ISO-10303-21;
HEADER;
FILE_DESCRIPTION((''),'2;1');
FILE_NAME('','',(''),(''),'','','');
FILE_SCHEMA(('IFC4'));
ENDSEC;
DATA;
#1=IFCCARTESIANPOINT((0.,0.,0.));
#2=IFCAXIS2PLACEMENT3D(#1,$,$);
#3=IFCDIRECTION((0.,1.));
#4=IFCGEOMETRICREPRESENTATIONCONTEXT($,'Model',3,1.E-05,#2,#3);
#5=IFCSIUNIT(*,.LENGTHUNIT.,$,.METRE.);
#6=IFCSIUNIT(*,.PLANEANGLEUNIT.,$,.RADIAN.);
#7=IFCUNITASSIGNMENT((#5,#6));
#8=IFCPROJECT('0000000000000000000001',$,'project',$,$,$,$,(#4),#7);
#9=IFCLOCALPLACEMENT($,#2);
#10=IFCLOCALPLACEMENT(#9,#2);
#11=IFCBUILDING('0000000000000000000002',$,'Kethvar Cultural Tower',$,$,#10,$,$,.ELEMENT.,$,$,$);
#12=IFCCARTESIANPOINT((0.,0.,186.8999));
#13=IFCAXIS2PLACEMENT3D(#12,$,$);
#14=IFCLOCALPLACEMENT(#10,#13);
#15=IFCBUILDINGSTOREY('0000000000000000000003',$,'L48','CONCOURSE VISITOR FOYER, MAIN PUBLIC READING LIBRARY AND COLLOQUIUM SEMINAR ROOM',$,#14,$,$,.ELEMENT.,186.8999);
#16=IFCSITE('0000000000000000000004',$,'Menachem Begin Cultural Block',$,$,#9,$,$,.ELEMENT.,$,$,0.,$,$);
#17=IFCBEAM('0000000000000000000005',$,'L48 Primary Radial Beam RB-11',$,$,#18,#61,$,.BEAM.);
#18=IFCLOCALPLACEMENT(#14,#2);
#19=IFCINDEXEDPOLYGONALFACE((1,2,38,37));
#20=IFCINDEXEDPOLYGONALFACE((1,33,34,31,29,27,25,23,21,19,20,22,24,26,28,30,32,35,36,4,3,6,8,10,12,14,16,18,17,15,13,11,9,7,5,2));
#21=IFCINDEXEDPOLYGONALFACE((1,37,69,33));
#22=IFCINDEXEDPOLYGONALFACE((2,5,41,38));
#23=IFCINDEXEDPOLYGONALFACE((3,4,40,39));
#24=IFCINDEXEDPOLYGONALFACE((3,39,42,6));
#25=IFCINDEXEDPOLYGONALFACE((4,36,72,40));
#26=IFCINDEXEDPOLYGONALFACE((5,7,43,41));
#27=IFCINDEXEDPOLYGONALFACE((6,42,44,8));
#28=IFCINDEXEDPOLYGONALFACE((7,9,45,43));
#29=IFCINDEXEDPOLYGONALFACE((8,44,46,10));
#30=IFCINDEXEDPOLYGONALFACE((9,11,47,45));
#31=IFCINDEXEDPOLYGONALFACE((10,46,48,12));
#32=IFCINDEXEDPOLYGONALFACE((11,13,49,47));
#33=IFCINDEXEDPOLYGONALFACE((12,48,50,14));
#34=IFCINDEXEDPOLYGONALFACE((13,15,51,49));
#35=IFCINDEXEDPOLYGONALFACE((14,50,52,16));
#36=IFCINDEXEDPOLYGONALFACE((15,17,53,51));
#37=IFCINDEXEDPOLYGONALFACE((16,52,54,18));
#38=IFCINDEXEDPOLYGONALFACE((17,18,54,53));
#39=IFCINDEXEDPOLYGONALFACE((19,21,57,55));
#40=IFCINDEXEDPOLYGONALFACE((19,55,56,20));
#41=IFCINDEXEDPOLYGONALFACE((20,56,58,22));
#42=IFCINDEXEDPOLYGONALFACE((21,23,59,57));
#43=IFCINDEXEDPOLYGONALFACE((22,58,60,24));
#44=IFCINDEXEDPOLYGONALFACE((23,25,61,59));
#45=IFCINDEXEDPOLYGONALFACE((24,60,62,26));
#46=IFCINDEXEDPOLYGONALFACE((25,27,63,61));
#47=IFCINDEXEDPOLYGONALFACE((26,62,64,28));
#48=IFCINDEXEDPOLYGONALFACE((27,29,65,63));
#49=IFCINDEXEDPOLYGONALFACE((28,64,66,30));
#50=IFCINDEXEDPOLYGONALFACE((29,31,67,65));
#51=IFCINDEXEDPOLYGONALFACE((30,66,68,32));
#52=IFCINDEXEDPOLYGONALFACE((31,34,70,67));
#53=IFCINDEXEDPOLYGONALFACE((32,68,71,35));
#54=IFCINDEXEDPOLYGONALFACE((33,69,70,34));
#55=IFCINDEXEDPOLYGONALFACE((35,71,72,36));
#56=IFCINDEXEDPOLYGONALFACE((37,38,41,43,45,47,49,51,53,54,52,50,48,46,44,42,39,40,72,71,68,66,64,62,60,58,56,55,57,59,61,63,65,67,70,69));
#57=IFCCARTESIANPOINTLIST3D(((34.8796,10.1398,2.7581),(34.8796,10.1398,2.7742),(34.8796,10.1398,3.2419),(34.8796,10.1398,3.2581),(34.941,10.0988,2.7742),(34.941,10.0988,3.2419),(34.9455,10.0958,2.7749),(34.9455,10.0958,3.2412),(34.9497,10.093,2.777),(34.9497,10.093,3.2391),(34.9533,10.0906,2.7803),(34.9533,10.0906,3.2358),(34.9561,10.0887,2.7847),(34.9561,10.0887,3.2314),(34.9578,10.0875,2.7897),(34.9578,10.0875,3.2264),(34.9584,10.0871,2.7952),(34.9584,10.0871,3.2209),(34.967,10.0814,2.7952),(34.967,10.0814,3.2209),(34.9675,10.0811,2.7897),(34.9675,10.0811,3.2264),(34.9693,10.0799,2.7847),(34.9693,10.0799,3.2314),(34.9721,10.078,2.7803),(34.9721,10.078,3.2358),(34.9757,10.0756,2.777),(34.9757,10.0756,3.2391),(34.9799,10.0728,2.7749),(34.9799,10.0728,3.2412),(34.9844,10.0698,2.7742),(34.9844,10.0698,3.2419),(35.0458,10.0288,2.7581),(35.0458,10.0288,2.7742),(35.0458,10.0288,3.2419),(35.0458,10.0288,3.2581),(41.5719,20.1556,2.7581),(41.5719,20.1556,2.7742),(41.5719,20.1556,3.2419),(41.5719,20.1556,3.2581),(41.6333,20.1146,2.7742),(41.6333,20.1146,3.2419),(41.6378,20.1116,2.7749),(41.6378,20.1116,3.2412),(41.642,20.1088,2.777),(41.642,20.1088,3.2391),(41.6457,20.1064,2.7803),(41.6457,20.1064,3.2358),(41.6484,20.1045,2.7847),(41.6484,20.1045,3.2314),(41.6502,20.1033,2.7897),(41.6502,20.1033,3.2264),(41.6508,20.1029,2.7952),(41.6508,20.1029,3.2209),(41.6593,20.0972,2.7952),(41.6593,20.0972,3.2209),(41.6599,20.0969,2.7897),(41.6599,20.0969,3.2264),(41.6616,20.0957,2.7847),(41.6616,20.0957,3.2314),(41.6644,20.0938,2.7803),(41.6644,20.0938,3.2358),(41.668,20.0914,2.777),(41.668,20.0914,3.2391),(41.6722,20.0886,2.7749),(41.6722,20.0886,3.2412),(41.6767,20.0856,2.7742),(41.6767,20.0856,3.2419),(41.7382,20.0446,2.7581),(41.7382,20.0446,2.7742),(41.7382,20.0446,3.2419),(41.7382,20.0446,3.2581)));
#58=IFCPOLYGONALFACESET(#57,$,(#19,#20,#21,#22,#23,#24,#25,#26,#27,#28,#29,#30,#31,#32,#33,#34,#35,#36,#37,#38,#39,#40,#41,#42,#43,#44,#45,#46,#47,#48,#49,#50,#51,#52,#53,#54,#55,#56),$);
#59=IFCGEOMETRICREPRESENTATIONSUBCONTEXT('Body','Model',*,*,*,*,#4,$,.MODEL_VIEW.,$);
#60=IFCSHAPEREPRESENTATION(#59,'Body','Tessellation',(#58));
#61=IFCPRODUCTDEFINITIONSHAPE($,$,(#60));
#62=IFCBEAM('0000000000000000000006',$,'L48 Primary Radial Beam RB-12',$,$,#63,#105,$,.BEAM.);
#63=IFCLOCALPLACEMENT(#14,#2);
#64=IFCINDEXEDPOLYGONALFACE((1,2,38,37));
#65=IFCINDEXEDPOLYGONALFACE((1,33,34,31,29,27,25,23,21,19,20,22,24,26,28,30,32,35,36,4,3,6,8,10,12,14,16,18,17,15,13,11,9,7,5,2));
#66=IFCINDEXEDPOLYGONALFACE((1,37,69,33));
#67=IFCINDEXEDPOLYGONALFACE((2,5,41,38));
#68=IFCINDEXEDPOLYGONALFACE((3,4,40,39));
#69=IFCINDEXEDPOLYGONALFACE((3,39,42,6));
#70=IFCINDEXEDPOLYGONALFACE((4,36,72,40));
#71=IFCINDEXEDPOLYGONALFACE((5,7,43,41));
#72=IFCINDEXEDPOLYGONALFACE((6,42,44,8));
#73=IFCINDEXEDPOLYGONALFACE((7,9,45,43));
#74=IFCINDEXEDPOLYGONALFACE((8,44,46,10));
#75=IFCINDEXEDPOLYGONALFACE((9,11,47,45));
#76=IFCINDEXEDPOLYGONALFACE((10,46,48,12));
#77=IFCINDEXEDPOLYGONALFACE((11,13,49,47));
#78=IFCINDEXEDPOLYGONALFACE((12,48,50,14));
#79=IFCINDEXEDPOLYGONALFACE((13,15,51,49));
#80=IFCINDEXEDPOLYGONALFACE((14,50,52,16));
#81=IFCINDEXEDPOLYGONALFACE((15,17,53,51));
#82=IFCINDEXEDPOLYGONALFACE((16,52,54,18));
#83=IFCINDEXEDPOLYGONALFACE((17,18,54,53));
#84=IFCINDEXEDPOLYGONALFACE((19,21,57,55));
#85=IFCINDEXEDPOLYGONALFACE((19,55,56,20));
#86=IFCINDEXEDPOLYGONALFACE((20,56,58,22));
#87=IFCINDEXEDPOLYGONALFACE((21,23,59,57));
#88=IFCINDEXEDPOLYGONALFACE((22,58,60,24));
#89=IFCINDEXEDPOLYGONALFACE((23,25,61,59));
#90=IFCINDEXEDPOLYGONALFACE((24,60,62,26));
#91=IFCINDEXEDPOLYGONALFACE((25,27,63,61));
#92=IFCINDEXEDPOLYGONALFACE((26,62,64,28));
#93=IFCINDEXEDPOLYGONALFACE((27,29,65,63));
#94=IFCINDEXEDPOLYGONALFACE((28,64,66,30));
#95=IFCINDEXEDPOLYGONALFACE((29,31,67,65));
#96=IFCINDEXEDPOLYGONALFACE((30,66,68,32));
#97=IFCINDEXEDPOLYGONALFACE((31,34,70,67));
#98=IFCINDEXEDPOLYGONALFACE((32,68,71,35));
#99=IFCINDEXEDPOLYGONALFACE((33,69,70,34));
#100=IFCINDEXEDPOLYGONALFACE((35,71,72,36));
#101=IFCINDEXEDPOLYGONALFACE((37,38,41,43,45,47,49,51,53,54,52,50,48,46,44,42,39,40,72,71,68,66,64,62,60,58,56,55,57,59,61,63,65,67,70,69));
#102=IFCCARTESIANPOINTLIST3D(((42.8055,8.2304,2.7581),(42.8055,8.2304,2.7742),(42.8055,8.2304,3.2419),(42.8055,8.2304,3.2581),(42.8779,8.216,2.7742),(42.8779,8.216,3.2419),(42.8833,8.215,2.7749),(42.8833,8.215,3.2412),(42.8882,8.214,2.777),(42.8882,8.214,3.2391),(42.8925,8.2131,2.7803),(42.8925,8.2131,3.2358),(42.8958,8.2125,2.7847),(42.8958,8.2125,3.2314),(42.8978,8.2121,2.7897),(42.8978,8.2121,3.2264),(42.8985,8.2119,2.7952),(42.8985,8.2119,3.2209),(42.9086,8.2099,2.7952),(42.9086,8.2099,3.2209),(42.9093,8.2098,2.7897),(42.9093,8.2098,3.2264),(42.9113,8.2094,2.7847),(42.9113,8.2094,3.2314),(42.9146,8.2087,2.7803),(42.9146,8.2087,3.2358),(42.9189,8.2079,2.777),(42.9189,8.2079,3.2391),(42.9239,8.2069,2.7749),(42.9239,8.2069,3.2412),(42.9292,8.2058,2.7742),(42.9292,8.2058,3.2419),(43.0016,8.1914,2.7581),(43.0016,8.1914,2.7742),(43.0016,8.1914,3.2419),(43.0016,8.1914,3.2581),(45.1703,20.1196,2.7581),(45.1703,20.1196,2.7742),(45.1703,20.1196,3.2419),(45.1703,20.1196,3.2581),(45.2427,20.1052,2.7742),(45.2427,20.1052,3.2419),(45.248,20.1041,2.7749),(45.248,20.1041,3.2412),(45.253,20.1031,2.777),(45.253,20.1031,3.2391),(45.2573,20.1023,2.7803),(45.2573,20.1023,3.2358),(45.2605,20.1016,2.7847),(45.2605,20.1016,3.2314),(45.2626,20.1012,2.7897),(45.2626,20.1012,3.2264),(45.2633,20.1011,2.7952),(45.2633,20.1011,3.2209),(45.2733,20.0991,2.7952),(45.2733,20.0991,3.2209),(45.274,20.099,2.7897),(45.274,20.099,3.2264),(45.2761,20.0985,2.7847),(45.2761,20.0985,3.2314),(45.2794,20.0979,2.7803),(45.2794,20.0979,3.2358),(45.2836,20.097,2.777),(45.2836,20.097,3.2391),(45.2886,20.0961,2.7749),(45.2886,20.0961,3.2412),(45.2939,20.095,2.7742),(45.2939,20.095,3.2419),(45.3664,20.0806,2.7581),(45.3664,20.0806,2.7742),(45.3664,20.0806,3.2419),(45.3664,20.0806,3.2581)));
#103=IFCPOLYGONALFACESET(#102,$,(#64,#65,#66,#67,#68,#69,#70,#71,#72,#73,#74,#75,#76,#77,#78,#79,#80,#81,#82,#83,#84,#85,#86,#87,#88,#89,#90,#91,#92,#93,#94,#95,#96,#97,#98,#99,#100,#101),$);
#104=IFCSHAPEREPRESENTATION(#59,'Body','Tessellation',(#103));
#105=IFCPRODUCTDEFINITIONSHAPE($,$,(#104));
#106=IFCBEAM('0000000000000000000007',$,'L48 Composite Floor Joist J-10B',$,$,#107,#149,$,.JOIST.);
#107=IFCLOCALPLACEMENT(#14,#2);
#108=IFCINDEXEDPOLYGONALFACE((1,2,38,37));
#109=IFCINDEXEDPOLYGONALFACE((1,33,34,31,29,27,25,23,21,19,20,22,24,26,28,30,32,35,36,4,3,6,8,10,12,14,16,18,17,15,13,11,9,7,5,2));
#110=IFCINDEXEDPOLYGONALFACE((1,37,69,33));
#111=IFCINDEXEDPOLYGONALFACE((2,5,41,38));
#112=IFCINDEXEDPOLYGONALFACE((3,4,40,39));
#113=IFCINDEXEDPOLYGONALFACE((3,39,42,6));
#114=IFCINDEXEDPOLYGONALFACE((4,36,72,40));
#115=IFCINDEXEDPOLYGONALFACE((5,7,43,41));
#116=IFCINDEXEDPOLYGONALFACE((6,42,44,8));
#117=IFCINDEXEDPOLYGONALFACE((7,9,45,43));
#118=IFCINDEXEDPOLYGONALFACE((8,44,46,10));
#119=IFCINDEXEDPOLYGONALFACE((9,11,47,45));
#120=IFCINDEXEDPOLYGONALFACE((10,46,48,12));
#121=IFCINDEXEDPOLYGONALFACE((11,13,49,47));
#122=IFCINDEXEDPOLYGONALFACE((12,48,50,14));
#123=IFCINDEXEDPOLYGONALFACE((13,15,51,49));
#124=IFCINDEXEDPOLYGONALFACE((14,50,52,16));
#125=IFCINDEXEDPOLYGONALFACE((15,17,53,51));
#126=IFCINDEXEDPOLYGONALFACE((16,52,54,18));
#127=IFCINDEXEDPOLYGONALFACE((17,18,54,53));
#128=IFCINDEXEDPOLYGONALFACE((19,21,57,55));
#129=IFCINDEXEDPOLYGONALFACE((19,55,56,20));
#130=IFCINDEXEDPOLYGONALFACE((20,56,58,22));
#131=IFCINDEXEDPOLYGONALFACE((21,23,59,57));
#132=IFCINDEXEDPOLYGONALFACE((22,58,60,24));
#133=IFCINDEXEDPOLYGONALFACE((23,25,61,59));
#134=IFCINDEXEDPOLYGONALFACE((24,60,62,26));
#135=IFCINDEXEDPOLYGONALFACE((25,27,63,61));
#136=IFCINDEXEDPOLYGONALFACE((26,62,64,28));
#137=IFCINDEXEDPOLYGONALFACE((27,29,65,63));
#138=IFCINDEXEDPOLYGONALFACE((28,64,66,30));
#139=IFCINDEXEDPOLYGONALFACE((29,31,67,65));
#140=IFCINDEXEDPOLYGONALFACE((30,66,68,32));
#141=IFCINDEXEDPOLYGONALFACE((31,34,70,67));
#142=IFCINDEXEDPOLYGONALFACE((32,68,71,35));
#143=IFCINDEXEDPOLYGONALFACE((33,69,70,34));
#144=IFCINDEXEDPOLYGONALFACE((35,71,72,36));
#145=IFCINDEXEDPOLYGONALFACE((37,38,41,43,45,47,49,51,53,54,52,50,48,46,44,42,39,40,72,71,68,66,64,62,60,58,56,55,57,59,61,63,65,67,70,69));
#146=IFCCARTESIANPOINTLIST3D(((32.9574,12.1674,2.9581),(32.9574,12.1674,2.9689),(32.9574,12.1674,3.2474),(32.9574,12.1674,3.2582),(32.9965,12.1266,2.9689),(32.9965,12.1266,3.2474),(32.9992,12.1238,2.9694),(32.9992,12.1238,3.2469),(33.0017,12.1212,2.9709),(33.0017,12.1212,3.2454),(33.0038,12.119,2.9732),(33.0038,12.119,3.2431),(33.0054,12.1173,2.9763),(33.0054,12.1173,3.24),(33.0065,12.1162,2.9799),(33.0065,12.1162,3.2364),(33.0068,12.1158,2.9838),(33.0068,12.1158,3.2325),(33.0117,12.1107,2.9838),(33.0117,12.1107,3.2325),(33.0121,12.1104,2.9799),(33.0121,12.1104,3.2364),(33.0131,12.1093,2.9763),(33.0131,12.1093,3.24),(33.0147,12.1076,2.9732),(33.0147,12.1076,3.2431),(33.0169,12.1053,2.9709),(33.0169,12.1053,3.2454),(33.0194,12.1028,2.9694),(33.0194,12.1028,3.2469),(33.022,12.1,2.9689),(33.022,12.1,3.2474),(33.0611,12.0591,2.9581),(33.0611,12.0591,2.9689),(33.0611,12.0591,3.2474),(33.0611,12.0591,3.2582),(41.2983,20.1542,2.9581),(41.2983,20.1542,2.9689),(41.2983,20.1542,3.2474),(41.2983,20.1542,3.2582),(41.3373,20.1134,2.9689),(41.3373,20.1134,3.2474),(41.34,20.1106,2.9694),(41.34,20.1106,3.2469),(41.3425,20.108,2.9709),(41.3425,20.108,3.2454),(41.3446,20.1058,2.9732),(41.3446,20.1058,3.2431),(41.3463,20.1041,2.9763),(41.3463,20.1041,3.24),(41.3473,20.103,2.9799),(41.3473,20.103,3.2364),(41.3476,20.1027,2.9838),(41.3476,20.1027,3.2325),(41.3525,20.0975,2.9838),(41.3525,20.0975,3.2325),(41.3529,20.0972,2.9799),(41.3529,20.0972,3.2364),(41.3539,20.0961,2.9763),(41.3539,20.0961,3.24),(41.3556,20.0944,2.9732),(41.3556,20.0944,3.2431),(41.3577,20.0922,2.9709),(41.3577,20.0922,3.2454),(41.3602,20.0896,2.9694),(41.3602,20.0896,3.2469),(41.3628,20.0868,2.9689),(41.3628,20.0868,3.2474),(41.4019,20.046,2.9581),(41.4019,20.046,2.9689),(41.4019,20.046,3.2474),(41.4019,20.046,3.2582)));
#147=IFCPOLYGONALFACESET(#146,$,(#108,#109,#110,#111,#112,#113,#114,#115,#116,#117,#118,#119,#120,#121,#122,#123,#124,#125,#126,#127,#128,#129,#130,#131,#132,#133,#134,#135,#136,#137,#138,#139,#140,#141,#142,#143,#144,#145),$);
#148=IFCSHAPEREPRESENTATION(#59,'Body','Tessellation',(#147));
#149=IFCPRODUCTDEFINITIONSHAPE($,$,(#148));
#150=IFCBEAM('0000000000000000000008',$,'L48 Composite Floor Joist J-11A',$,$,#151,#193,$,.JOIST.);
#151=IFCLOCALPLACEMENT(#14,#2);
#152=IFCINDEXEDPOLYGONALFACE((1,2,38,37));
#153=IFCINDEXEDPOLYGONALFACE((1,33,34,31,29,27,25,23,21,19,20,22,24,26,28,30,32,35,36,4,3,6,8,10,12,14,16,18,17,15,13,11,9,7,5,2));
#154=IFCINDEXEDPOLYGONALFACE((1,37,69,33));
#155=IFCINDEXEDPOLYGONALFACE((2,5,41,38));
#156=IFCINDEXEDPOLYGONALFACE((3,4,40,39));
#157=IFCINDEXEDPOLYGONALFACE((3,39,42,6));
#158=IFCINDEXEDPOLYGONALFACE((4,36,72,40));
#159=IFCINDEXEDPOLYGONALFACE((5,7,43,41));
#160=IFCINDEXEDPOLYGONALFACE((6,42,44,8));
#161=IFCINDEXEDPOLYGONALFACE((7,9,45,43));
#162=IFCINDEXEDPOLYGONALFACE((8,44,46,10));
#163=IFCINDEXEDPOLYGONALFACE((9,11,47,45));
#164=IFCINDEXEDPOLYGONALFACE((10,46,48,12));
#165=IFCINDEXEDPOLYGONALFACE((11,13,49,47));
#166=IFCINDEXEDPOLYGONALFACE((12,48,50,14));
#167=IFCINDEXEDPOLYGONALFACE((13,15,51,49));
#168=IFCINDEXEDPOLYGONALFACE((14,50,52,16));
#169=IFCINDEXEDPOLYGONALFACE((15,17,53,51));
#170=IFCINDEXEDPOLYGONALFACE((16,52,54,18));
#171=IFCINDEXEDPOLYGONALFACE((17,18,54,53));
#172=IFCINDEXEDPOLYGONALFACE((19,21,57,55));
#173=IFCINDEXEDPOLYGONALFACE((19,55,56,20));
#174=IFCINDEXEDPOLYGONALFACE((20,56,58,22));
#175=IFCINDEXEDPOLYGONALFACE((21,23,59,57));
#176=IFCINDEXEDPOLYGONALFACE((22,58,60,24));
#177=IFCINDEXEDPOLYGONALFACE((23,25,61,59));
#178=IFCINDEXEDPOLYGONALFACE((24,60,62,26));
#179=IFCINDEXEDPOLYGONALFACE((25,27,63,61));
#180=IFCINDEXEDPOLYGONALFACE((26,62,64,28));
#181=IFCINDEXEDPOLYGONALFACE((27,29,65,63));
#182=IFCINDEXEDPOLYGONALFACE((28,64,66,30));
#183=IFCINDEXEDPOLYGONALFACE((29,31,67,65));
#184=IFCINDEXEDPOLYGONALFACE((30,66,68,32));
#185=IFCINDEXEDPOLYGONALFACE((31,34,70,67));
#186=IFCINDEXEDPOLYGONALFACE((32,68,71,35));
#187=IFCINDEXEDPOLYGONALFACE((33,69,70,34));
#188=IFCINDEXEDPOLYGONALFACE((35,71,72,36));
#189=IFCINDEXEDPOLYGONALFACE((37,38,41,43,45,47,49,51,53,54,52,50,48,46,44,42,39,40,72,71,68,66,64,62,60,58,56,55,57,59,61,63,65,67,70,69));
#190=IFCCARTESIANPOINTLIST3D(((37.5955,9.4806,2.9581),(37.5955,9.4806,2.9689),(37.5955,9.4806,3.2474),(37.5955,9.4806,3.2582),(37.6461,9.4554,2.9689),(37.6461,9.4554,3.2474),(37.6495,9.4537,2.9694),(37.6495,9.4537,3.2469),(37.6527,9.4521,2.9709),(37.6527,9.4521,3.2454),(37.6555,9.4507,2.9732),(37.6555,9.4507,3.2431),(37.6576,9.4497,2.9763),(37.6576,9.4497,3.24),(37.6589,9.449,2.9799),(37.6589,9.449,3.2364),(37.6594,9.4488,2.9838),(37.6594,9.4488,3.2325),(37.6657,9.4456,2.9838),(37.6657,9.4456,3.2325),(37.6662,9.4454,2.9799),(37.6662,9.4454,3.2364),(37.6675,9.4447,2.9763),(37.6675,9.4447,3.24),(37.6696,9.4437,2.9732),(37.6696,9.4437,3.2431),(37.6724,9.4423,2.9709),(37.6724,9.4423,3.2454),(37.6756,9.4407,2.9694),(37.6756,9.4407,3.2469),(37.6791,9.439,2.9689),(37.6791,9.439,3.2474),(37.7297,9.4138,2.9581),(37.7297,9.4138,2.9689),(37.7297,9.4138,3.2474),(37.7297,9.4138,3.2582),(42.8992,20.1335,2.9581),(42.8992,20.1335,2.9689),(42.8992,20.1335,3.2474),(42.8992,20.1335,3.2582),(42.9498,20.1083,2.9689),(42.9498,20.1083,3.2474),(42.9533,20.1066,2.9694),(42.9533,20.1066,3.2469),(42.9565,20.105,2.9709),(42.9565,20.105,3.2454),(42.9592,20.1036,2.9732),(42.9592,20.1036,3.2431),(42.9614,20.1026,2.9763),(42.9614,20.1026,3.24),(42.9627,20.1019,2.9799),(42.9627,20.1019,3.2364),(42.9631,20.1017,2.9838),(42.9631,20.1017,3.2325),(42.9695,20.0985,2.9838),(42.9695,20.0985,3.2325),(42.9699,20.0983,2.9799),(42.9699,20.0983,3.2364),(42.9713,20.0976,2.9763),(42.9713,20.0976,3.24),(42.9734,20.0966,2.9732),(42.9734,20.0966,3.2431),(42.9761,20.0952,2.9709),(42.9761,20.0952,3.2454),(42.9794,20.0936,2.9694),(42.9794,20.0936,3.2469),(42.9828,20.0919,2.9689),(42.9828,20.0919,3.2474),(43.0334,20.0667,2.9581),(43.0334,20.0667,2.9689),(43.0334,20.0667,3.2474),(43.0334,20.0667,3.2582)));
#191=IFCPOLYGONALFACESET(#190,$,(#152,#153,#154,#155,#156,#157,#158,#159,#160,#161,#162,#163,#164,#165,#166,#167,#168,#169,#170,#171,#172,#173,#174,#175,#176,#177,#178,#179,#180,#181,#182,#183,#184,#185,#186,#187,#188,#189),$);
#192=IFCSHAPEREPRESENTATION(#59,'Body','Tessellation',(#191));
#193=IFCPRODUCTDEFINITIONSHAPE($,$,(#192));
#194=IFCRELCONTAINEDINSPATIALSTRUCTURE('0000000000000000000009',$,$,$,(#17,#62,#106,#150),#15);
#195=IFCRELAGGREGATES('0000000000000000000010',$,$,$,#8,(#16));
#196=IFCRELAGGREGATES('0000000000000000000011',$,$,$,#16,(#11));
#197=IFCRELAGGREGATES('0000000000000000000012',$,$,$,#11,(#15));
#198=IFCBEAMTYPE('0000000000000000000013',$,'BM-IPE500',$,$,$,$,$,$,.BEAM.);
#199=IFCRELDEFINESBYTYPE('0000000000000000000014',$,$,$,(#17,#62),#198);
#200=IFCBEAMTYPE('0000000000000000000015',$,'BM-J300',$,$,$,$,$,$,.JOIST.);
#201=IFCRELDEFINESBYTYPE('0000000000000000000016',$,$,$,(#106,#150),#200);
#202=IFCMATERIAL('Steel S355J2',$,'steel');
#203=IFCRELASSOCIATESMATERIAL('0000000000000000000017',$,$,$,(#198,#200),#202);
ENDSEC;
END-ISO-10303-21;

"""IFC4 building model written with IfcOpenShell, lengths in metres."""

from ifc_helpers import new_model, si_unit, direction, frame, origin, origin_2d, place, context, subcontext, project, spatial, i_section, extrude, source, transform, mapped, material, material_profile, profile_set, type_object, element, save


model = new_model("IFC4")

# Units and contexts
model_context = context("Model", 3, precision=1e-05, world=origin(), true_north=direction((0.0, 1.0)))
body_context = subcontext(model_context, "Body", "Model", "MODEL_VIEW")
ifc_project = project(units=[si_unit("LENGTHUNIT", "METRE"), si_unit("PLANEANGLEUNIT", "RADIAN")], contexts=[model_context])

# Site, building, storey
site_placement = place(None, origin())
site = spatial("IfcSite", under=ifc_project, at=site_placement, Name="Menachem Begin Cultural Block", CompositionType="ELEMENT", RefElevation=0.0)
building_placement = place(site_placement, origin())
building = spatial("IfcBuilding", under=site, at=building_placement, Name="Kethvar Cultural Tower", CompositionType="ELEMENT")
storey_placement = place(building_placement, frame((0.0, 0.0, 186.8999)))
storey = spatial("IfcBuildingStorey", under=building, at=storey_placement, Name="L48", Description="CONCOURSE VISITOR FOYER, MAIN PUBLIC READING LIBRARY AND COLLOQUIUM SEMINAR ROOM", CompositionType="ELEMENT", Elevation=186.8999)

# Beams
ifc_material_1 = material(Name="Steel S355J2", Category="steel")
ifc_material_profile_1 = material_profile(ifc_material_1, i_section(OverallWidth=0.2, OverallDepth=0.5, WebThickness=0.0103, FlangeThickness=0.0161, FilletRadius=0.021, at=origin_2d()), Name="Steel S355J2 — IPE500")
ifc_profile_set_1 = profile_set([ifc_material_profile_1], Name="Steel S355J2 — IPE500")
beam_type_1 = type_object("IfcBeamType", Name="BM-IPE500", PredefinedType="BEAM", material=ifc_profile_set_1)
shared_shape_1 = source(origin(), body_context, "Body", "SweptSolid", [
    extrude(i_section(OverallWidth=0.2, OverallDepth=0.5, WebThickness=0.0103, FlangeThickness=0.0161, FilletRadius=0.021, at=origin_2d()), origin(), (0.0, 0.0, 1.0), 12.0459),
])
beam_1_placement = place(storey_placement, frame((41.655, 20.1001, 3.0081), z_axis=(-0.55557, -0.83147, 0.0), x_axis=(0.83147, -0.55557, 0.0)))
element("IfcBeam", 1, at=beam_1_placement, inside=storey, type_object=beam_type_1, Name="L48 Primary Radial Beam RB-11", PredefinedType="BEAM", context=body_context, shape_type="MappedRepresentation", body=[
    mapped(shared_shape_1, transform((0.0, 0.0, 0.0), scale=1.0)),
])
shared_shape_2 = source(origin(), body_context, "Body", "SweptSolid", [
    extrude(i_section(OverallWidth=0.2, OverallDepth=0.5, WebThickness=0.0103, FlangeThickness=0.0161, FilletRadius=0.021, at=origin_2d()), origin(), (0.0, 0.0, 1.0), 12.1221),
])
beam_2_placement = place(storey_placement, frame((45.2683, 20.1001, 3.0081), z_axis=(-0.195078, -0.980788, 0.0), x_axis=(0.980788, -0.195078, 0.0)))
element("IfcBeam", 2, at=beam_2_placement, inside=storey, type_object=beam_type_1, Name="L48 Primary Radial Beam RB-12", PredefinedType="BEAM", context=body_context, shape_type="MappedRepresentation", body=[
    mapped(shared_shape_2, transform((0.0, 0.0, 0.0), scale=1.0)),
])
ifc_material_profile_2 = material_profile(ifc_material_1, i_section(OverallWidth=0.1499, OverallDepth=0.3, WebThickness=0.0071, FlangeThickness=0.0107, FilletRadius=0.0149, at=origin_2d()), Name="Steel S355J2 — IPE300")
ifc_profile_set_2 = profile_set([ifc_material_profile_2], Name="Steel S355J2 — IPE300")
beam_type_2 = type_object("IfcBeamType", Name="BM-J300", PredefinedType="JOIST", material=ifc_profile_set_2)
shared_shape_3 = source(origin(), body_context, "Body", "SweptSolid", [
    extrude(i_section(OverallWidth=0.1499, OverallDepth=0.3, WebThickness=0.0071, FlangeThickness=0.0107, FilletRadius=0.0149, at=origin_2d()), origin(), (0.0, 0.0, 1.0), 11.5481),
])
beam_3_placement = place(storey_placement, frame((41.3501, 20.1001, 3.1082), z_axis=(-0.722268, -0.691613, 0.0), x_axis=(0.691613, -0.722268, 0.0)))
element("IfcBeam", 3, at=beam_3_placement, inside=storey, type_object=beam_type_2, Name="L48 Composite Floor Joist J-10B", PredefinedType="JOIST", context=body_context, shape_type="MappedRepresentation", body=[
    mapped(shared_shape_3, transform((0.0, 0.0, 0.0), scale=1.0)),
])
shared_shape_4 = source(origin(), body_context, "Body", "SweptSolid", [
    extrude(i_section(OverallWidth=0.1499, OverallDepth=0.3, WebThickness=0.0071, FlangeThickness=0.0107, FilletRadius=0.0149, at=origin_2d()), origin(), (0.0, 0.0, 1.0), 11.9001),
])
beam_4_placement = place(storey_placement, frame((42.9663, 20.1001, 3.1082), z_axis=(-0.445687, -0.895189, 0.0), x_axis=(0.895189, -0.445687, 0.0)))
element("IfcBeam", 4, at=beam_4_placement, inside=storey, type_object=beam_type_2, Name="L48 Composite Floor Joist J-11A", PredefinedType="JOIST", context=body_context, shape_type="MappedRepresentation", body=[
    mapped(shared_shape_4, transform((0.0, 0.0, 0.0), scale=1.0)),
])

save(model, "model.ifc")
